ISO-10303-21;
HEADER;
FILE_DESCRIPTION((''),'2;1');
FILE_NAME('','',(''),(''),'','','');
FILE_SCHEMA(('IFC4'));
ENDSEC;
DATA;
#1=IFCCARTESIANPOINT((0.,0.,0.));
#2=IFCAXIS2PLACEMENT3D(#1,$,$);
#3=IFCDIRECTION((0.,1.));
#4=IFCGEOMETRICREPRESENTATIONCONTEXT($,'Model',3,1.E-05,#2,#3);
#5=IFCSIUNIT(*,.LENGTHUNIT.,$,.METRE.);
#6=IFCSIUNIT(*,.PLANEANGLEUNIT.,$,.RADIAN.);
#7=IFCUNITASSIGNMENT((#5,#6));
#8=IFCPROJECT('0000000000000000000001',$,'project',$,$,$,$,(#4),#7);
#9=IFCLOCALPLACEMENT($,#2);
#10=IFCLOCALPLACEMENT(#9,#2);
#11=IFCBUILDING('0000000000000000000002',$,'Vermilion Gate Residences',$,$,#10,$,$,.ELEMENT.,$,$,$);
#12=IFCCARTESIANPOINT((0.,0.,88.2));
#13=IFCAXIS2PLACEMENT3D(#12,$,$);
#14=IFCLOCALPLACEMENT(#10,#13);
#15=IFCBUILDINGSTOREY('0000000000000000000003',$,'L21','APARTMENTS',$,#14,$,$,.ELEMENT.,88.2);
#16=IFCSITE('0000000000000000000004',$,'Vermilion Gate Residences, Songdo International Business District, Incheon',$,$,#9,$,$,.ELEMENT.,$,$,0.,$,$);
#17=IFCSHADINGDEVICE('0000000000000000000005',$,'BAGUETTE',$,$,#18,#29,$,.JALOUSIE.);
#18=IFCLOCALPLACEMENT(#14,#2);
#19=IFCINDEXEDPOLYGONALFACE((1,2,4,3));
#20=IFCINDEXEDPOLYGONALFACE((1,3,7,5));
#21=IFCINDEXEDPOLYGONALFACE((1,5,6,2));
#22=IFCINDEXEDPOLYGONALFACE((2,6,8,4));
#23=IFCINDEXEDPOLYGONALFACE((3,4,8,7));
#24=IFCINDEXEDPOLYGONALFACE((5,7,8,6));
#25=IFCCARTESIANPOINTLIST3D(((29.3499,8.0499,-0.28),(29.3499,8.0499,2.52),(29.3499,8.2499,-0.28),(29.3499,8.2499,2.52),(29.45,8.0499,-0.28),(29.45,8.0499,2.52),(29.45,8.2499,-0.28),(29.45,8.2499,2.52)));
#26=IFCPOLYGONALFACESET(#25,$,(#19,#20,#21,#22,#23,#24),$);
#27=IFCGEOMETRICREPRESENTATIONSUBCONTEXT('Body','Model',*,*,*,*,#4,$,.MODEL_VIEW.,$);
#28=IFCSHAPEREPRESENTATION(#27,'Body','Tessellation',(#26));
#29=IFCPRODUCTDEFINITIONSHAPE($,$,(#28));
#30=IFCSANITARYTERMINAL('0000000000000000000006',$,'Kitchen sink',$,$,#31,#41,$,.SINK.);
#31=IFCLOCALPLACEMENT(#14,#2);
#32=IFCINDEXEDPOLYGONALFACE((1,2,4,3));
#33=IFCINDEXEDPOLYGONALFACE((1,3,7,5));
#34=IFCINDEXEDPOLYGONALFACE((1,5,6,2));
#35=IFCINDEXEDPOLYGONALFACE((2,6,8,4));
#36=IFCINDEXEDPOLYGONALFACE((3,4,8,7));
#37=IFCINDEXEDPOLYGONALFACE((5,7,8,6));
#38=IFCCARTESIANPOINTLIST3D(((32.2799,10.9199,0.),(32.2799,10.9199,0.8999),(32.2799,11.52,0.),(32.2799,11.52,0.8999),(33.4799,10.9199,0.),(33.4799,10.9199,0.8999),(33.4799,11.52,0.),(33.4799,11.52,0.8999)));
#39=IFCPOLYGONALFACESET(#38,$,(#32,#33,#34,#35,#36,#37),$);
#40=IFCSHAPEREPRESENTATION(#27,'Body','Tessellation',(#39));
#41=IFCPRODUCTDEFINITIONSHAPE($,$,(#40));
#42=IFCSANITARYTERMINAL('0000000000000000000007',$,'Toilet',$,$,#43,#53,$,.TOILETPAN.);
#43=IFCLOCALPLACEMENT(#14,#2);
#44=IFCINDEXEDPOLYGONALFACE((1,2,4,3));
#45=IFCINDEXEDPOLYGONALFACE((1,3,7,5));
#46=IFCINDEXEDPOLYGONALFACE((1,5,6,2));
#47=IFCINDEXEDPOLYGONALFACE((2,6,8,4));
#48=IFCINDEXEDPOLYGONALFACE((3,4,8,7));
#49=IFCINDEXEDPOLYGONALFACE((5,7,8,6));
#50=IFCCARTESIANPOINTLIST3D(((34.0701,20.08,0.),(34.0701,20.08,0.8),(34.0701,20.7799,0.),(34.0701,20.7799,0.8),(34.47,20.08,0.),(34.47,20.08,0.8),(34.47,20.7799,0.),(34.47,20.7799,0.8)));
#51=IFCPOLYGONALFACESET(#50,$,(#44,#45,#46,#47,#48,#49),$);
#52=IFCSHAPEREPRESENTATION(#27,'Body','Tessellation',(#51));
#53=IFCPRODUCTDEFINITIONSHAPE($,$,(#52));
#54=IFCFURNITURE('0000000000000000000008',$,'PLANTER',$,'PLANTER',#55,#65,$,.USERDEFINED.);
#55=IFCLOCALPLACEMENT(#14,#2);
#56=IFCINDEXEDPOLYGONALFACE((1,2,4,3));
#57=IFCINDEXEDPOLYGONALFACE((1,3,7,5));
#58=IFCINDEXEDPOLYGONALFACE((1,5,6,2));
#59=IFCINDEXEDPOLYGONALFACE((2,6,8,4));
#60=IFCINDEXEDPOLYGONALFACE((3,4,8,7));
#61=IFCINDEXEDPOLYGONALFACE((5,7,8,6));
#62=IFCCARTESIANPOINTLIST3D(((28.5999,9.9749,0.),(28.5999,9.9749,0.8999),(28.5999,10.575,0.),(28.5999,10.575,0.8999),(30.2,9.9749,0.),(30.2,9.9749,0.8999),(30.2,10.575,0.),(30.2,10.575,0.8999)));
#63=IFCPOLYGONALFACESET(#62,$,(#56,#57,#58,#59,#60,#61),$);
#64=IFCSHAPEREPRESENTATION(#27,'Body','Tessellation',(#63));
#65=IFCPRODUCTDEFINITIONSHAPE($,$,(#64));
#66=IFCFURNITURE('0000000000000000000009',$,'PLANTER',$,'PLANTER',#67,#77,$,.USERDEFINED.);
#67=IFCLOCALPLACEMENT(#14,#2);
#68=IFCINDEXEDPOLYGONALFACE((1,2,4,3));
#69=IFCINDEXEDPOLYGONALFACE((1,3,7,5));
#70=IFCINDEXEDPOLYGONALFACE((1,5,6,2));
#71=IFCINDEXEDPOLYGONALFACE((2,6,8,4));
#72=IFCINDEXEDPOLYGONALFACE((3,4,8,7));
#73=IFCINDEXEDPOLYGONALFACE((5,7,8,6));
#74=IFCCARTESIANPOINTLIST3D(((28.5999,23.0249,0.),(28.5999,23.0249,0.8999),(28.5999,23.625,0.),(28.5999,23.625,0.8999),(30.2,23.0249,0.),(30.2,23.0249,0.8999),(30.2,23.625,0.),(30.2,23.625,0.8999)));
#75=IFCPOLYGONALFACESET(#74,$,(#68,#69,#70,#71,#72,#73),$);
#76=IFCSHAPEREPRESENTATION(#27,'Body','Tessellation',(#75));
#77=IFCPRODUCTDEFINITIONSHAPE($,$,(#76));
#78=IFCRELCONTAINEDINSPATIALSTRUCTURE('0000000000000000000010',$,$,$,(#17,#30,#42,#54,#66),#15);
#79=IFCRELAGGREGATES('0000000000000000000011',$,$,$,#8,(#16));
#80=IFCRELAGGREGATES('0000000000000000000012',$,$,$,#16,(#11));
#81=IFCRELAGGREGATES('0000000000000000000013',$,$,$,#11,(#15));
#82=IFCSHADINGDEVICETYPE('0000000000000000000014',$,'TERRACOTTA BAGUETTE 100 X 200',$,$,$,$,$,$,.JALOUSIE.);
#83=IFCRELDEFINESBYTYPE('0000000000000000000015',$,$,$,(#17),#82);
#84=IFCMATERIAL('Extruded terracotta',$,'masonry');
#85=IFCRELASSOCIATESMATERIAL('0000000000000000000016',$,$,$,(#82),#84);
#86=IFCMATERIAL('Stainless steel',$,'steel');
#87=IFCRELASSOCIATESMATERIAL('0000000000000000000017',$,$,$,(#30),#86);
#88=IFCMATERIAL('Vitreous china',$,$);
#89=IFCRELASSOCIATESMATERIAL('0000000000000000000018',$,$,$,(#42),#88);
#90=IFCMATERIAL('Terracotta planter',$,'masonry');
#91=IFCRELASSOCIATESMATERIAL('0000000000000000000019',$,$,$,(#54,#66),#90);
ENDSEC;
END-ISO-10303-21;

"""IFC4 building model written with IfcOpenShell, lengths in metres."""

from ifc_helpers import new_model, si_unit, direction, frame, origin, origin_2d, place, context, subcontext, project, spatial, rectangle, extrude, material, material_profile, profile_set, type_object, element, save


model = new_model("IFC4")

# Units and contexts
model_context = context("Model", 3, precision=1e-05, world=origin(), true_north=direction((0.0, 1.0)))
body_context = subcontext(model_context, "Body", "Model", "MODEL_VIEW")
ifc_project = project(units=[si_unit("LENGTHUNIT", "METRE"), si_unit("PLANEANGLEUNIT", "RADIAN")], contexts=[model_context])

# Site, building, storey
site_placement = place(None, origin())
site = spatial("IfcSite", under=ifc_project, at=site_placement, Name="Vermilion Gate Residences, Songdo International Business District, Incheon", CompositionType="ELEMENT", RefElevation=0.0)
building_placement = place(site_placement, origin())
building = spatial("IfcBuilding", under=site, at=building_placement, Name="Vermilion Gate Residences", CompositionType="ELEMENT")
storey_placement = place(building_placement, frame((0.0, 0.0, 88.2)))
storey = spatial("IfcBuildingStorey", under=building, at=storey_placement, Name="L21", Description="APARTMENTS", CompositionType="ELEMENT", Elevation=88.2)

# Shading device
ifc_material_1 = material(Name="Extruded terracotta", Category="masonry")
ifc_material_profile_1 = material_profile(ifc_material_1, rectangle(XDim=0.2, YDim=0.1001, at=origin_2d()), Name="BAGUETTE 100 X 200")
ifc_profile_set_1 = profile_set([ifc_material_profile_1], Name="Extruded terracotta")
shading_device_type_1 = type_object("IfcShadingDeviceType", Name="TERRACOTTA BAGUETTE 100 X 200", PredefinedType="JALOUSIE", material=ifc_profile_set_1)
shading_device_1_placement = place(storey_placement, frame((29.3999, 8.1499, -0.28), z_axis=(0.0, 0.0, 1.0), x_axis=(0.0, 1.0, 0.0)))
element("IfcShadingDevice", 1, at=shading_device_1_placement, inside=storey, type_object=shading_device_type_1, Name="BAGUETTE", PredefinedType="JALOUSIE", context=body_context, shape_type="SweptSolid", body=[
    extrude(rectangle(XDim=0.2, YDim=0.1001, at=origin_2d()), origin(), (0.0, 0.0, 1.0), 2.8),
])

# Sanitary terminals
ifc_material_2 = material(Name="Stainless steel", Category="steel")
sanitary_terminal_1_placement = place(storey_placement, frame((32.8799, 11.22, 0.0), z_axis=(0.0, 0.0, 1.0), x_axis=(1.0, 0.0, 0.0)))
element("IfcSanitaryTerminal", 2, at=sanitary_terminal_1_placement, inside=storey, material=ifc_material_2, Name="Kitchen sink", PredefinedType="SINK", context=body_context, shape_type="SweptSolid", body=[
    extrude(rectangle(XDim=1.2, YDim=0.6001, at=origin_2d()), origin(), (0.0, 0.0, 1.0), 0.8999),
])
ifc_material_3 = material(Name="Vitreous china")
sanitary_terminal_2_placement = place(storey_placement, frame((34.27, 20.4299, 0.0), z_axis=(0.0, 0.0, 1.0), x_axis=(1.0, 0.0, 0.0)))
element("IfcSanitaryTerminal", 3, at=sanitary_terminal_2_placement, inside=storey, material=ifc_material_3, Name="Toilet", PredefinedType="TOILETPAN", context=body_context, shape_type="SweptSolid", body=[
    extrude(rectangle(XDim=0.3999, YDim=0.7, at=origin_2d()), origin(), (0.0, 0.0, 1.0), 0.8),
])

# Furniture
ifc_material_4 = material(Name="Terracotta planter", Category="masonry")
for number, where, z_axis, x_axis, name in (
    (4, (29.3999, 10.2749, 0.0), (0.0, 0.0, 1.0), (1.0, 0.0, 0.0), "PLANTER"),
    (5, (29.3999, 23.325, 0.0), (0.0, 0.0, 1.0), (-1.0, 0.0, 0.0), "PLANTER"),
):
    element("IfcFurniture", number, at=place(storey_placement, frame(where, z_axis=z_axis, x_axis=x_axis)), inside=storey, material=ifc_material_4, Name=name, ObjectType="PLANTER", PredefinedType="USERDEFINED", context=body_context, shape_type="SweptSolid", body=[
        extrude(rectangle(XDim=1.6001, YDim=0.6001, at=origin_2d()), origin(), (0.0, 0.0, 1.0), 0.8999),
    ])

save(model, "model.ifc")
